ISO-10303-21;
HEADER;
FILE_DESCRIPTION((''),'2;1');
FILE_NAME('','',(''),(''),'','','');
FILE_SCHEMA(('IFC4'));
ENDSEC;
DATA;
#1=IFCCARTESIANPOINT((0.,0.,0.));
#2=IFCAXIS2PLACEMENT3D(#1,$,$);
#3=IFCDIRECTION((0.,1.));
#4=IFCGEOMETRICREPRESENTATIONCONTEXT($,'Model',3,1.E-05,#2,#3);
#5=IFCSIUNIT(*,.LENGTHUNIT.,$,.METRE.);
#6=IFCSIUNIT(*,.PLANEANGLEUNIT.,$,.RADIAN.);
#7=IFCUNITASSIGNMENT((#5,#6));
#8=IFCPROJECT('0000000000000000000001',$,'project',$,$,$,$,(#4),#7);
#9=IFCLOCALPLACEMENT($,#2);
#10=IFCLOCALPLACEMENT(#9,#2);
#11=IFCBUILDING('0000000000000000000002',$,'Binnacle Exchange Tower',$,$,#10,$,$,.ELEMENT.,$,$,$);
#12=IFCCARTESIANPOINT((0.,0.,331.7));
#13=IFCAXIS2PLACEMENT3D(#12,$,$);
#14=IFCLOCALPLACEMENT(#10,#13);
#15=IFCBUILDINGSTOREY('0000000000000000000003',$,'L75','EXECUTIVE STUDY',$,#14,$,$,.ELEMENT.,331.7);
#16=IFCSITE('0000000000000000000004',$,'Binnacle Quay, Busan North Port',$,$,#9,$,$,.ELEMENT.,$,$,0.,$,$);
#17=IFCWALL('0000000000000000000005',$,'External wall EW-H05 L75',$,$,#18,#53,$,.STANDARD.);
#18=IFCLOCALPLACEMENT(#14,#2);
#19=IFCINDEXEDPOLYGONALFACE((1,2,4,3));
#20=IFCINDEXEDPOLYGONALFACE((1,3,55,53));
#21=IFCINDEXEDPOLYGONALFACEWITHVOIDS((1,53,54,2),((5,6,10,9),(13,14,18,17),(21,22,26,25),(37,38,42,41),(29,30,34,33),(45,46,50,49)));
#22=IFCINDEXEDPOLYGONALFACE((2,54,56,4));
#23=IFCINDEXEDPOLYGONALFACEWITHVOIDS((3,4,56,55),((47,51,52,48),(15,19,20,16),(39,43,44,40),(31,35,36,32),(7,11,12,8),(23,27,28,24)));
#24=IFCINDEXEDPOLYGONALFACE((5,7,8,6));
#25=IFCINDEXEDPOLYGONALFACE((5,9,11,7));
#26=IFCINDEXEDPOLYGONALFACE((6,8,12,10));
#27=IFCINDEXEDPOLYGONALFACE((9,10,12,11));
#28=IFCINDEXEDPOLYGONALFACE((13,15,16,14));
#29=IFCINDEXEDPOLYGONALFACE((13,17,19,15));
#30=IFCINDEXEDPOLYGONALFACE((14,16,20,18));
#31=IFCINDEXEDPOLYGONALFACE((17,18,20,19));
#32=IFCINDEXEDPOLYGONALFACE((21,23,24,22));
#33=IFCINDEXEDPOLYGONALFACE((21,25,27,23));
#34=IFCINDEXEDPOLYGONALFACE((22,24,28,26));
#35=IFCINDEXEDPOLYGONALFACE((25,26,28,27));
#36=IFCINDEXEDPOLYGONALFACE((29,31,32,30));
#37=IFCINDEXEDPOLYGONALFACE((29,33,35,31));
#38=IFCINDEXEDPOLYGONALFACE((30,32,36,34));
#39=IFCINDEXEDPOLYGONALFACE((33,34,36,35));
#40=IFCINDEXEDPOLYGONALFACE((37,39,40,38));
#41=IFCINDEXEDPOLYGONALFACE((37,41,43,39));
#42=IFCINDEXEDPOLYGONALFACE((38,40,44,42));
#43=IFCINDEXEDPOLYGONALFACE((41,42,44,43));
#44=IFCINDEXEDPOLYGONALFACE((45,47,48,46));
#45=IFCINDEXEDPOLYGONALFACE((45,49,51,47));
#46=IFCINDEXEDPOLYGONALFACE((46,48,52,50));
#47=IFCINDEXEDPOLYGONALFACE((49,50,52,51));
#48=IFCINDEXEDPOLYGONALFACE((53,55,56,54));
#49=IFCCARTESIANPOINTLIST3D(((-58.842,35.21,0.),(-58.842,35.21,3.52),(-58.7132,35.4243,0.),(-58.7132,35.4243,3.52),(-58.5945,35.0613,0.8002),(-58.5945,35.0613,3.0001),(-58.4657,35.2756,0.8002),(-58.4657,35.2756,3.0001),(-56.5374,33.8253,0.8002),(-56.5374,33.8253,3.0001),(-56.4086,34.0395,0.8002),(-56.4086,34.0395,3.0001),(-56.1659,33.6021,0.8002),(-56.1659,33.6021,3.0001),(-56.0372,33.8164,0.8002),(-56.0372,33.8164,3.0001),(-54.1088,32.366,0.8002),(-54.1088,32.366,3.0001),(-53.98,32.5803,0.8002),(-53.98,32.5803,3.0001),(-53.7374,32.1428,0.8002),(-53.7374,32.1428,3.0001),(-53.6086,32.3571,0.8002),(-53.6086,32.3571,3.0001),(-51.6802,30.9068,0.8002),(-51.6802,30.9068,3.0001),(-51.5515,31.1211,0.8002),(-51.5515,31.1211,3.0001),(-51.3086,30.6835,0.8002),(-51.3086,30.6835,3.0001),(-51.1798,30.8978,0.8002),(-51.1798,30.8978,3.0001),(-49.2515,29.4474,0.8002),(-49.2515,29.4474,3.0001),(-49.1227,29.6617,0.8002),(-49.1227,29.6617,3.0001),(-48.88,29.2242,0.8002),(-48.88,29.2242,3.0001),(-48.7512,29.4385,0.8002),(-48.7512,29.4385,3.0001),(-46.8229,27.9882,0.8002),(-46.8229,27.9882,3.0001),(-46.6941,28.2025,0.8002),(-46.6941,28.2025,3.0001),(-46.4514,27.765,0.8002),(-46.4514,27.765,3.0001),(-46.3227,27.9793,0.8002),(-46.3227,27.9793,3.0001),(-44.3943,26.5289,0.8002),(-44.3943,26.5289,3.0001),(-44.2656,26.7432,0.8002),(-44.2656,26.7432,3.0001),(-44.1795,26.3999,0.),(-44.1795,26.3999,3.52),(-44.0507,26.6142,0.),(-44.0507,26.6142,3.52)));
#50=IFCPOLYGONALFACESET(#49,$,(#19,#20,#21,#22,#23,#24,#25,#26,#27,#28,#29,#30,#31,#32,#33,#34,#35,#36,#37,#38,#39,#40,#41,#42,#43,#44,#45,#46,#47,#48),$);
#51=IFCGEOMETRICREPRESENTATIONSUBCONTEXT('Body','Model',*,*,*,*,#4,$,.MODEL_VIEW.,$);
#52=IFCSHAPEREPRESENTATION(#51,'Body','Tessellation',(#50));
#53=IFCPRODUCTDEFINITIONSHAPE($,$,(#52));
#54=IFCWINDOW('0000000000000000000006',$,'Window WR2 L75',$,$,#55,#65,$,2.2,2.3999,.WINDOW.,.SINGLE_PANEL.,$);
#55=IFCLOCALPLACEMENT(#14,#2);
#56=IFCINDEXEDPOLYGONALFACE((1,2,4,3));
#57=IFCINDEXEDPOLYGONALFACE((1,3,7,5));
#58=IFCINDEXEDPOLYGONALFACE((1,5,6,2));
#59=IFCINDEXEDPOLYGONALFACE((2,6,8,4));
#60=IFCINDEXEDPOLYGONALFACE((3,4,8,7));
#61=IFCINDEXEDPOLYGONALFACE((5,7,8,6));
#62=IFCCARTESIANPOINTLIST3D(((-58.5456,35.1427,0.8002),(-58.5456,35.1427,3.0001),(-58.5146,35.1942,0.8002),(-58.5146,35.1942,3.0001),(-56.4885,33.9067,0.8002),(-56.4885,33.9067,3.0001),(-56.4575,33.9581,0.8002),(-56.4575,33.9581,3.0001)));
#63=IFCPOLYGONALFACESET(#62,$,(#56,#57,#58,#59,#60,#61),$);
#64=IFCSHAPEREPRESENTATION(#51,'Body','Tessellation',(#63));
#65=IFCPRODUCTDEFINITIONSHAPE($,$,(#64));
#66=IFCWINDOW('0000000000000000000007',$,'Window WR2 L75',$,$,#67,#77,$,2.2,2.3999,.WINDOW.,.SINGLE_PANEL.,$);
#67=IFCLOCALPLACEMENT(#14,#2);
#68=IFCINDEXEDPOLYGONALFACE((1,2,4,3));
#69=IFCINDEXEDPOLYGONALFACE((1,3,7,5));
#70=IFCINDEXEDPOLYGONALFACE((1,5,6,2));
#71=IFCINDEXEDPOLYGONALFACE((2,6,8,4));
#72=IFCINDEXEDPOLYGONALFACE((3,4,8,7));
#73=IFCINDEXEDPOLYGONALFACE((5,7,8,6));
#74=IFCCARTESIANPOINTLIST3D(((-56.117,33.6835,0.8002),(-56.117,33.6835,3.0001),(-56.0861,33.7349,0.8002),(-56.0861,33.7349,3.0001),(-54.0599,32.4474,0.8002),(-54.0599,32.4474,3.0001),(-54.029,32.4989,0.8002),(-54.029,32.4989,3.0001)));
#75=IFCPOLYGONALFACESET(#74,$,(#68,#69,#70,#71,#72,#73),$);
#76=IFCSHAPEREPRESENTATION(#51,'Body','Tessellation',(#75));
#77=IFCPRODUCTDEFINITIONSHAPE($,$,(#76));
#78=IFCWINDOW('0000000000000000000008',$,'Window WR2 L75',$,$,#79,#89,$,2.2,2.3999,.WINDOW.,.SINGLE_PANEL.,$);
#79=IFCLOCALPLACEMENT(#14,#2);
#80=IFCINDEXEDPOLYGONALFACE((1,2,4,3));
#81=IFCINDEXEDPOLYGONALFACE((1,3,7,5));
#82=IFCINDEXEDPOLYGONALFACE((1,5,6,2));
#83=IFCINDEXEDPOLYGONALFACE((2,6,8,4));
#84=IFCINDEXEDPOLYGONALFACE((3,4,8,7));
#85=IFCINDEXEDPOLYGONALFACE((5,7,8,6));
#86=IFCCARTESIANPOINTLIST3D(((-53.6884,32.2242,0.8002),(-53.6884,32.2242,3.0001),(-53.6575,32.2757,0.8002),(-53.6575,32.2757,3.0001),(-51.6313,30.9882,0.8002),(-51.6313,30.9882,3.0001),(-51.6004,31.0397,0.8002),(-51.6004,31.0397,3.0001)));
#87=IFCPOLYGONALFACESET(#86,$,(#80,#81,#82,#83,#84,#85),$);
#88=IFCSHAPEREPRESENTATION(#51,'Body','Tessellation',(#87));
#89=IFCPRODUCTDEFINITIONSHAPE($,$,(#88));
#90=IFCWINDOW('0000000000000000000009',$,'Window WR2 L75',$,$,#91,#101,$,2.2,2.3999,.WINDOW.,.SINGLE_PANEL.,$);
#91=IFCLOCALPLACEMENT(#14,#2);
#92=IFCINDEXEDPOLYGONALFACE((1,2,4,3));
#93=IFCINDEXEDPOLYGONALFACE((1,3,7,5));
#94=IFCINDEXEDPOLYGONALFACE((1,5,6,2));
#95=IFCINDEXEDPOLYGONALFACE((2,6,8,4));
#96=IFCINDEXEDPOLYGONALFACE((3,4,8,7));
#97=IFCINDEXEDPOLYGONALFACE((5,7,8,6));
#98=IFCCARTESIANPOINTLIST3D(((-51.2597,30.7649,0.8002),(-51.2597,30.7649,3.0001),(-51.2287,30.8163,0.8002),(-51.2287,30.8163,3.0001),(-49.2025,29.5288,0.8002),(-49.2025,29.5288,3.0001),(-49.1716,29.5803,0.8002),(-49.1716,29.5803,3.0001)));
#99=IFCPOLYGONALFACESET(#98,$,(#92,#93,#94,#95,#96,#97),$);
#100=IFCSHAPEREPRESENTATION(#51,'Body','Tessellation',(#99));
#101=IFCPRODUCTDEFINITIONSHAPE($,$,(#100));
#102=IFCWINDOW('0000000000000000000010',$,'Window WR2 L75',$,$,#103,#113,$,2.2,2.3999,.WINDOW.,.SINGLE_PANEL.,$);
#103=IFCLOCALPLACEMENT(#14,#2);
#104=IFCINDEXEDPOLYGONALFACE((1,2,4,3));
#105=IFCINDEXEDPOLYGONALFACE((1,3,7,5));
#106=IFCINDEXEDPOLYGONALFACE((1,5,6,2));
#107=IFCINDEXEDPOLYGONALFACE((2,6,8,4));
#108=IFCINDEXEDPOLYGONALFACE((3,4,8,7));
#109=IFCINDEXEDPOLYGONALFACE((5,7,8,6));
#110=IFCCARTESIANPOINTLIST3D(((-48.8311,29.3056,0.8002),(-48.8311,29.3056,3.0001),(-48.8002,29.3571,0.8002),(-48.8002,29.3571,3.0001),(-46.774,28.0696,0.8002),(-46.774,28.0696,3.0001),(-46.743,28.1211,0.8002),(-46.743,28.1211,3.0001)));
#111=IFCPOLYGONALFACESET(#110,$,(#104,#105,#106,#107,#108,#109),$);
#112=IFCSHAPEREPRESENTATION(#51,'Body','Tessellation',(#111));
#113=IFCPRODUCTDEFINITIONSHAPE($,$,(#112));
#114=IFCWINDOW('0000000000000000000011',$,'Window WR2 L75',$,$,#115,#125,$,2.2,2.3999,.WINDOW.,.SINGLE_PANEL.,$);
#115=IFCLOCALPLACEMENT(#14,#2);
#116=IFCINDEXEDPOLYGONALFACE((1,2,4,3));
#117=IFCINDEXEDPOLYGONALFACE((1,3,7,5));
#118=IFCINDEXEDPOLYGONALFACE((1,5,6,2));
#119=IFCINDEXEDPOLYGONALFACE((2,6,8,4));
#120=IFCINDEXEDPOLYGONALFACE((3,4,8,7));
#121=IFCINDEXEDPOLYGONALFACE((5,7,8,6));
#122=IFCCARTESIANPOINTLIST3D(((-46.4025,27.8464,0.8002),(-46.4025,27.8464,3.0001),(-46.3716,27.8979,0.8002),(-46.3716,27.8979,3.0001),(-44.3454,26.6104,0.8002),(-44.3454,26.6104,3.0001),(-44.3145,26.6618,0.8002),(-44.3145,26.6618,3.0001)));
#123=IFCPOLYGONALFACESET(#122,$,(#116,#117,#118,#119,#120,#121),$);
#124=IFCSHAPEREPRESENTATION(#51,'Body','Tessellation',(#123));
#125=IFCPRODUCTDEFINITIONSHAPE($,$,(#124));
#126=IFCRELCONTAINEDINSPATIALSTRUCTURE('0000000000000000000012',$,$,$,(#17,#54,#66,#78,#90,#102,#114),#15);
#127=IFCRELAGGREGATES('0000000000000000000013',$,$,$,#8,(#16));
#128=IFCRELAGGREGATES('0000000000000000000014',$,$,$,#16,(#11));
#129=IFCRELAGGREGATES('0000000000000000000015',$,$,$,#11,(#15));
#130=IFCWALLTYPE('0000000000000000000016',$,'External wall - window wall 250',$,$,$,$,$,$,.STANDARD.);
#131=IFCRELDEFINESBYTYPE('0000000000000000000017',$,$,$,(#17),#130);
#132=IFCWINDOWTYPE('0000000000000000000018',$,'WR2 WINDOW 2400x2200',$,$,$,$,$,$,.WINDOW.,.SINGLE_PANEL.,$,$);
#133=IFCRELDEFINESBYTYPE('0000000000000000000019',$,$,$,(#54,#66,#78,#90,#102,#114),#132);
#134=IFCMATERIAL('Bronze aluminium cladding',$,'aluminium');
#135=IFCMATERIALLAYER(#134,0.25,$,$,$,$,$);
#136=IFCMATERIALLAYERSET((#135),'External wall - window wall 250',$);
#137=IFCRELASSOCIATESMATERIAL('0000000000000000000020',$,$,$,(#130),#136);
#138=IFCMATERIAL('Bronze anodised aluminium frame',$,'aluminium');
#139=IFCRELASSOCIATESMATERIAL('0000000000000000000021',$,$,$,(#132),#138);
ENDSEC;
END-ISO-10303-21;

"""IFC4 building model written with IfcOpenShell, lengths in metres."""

from ifc_helpers import new_model, si_unit, direction, frame, frame_2d, origin, place, context, subcontext, project, spatial, rectangle, extrude, material, layer, layer_set, type_object, element, fill, save


model = new_model("IFC4")

# Units and contexts
model_context = context("Model", 3, precision=1e-05, world=origin(), true_north=direction((0.0, 1.0)))
body_context = subcontext(model_context, "Body", "Model", "MODEL_VIEW")
ifc_project = project(units=[si_unit("LENGTHUNIT", "METRE"), si_unit("PLANEANGLEUNIT", "RADIAN")], contexts=[model_context])

# Site, building, storey
site_placement = place(None, origin())
site = spatial("IfcSite", under=ifc_project, at=site_placement, Name="Binnacle Quay, Busan North Port", CompositionType="ELEMENT", RefElevation=0.0)
building_placement = place(site_placement, origin())
building = spatial("IfcBuilding", under=site, at=building_placement, Name="Binnacle Exchange Tower", CompositionType="ELEMENT")
storey_placement = place(building_placement, frame((0.0, 0.0, 331.7)))
storey = spatial("IfcBuildingStorey", under=building, at=storey_placement, Name="L75", Description="EXECUTIVE STUDY", CompositionType="ELEMENT", Elevation=331.7)

# Shared definitions
ifc_material_1 = material(Name="Bronze anodised aluminium frame", Category="aluminium")

# Shared definitions
ifc_material_2 = material(Name="Bronze aluminium cladding", Category="aluminium")
ifc_layer_1 = layer(ifc_material_2, 0.25)
ifc_layer_set_1 = layer_set([ifc_layer_1], Name="External wall - window wall 250")
wall_type_1 = type_object("IfcWallType", Name="External wall - window wall 250", PredefinedType="STANDARD", material=ifc_layer_set_1)

# Wall, openings, windows
wall_1_placement = place(storey_placement, frame((-44.1152, 26.5071, 0.0), z_axis=(0.0, 0.0, 1.0), x_axis=(-0.857167, 0.515039, 0.0)))
wall_1 = element("IfcWall", 1, at=wall_1_placement, inside=storey, type_object=wall_type_1, Name="External wall EW-H05 L75", PredefinedType="STANDARD", context=body_context, shape_type="SweptSolid", body=[
    extrude(rectangle(XDim=17.1057, YDim=0.25, at=frame_2d((8.5527, 0.0))), origin(), (0.0, 0.0, 1.0), 3.52),
])
opening_1_placement = place(wall_1_placement, frame((14.417, 0.0, 0.8)))
opening_1 = element("IfcOpeningElement", 2, at=opening_1_placement, cuts=wall_1, PredefinedType="OPENING", context=body_context, shape_type="SweptSolid", body=[
    extrude(rectangle(XDim=2.3999, YDim=2.2, at=frame_2d((1.2, 1.1001))), frame((0.0, 0.135, 0.0), z_axis=(0.0, -1.0, 0.0), x_axis=(1.0, 0.0, 0.0)), (0.0, 0.0, 1.0), 0.27),
])
opening_2_placement = place(wall_1_placement, frame((11.5837, 0.0, 0.8)))
opening_2 = element("IfcOpeningElement", 3, at=opening_2_placement, cuts=wall_1, PredefinedType="OPENING", context=body_context, shape_type="SweptSolid", body=[
    extrude(rectangle(XDim=2.3999, YDim=2.2, at=frame_2d((1.2, 1.1001))), frame((0.0, 0.135, 0.0), z_axis=(0.0, -1.0, 0.0), x_axis=(1.0, 0.0, 0.0)), (0.0, 0.0, 1.0), 0.27),
])
opening_3_placement = place(wall_1_placement, frame((8.7505, 0.0, 0.8)))
opening_3 = element("IfcOpeningElement", 4, at=opening_3_placement, cuts=wall_1, PredefinedType="OPENING", context=body_context, shape_type="SweptSolid", body=[
    extrude(rectangle(XDim=2.3999, YDim=2.2, at=frame_2d((1.2, 1.1001))), frame((0.0, 0.135, 0.0), z_axis=(0.0, -1.0, 0.0), x_axis=(1.0, 0.0, 0.0)), (0.0, 0.0, 1.0), 0.27),
])
opening_4_placement = place(wall_1_placement, frame((5.917, 0.0, 0.8)))
opening_4 = element("IfcOpeningElement", 5, at=opening_4_placement, cuts=wall_1, PredefinedType="OPENING", context=body_context, shape_type="SweptSolid", body=[
    extrude(rectangle(XDim=2.3999, YDim=2.2, at=frame_2d((1.2, 1.1001))), frame((0.0, 0.135, 0.0), z_axis=(0.0, -1.0, 0.0), x_axis=(1.0, 0.0, 0.0)), (0.0, 0.0, 1.0), 0.27),
])
opening_5_placement = place(wall_1_placement, frame((3.0837, 0.0, 0.8)))
opening_5 = element("IfcOpeningElement", 6, at=opening_5_placement, cuts=wall_1, PredefinedType="OPENING", context=body_context, shape_type="SweptSolid", body=[
    extrude(rectangle(XDim=2.3999, YDim=2.2, at=frame_2d((1.2, 1.1001))), frame((0.0, 0.135, 0.0), z_axis=(0.0, -1.0, 0.0), x_axis=(1.0, 0.0, 0.0)), (0.0, 0.0, 1.0), 0.27),
])
opening_6_placement = place(wall_1_placement, frame((0.2505, 0.0, 0.8)))
opening_6 = element("IfcOpeningElement", 7, at=opening_6_placement, cuts=wall_1, PredefinedType="OPENING", context=body_context, shape_type="SweptSolid", body=[
    extrude(rectangle(XDim=2.3999, YDim=2.2, at=frame_2d((1.2, 1.1001))), frame((0.0, 0.135, 0.0), z_axis=(0.0, -1.0, 0.0), x_axis=(1.0, 0.0, 0.0)), (0.0, 0.0, 1.0), 0.27),
])
window_type = type_object("IfcWindowType", Name="WR2 WINDOW 2400x2200", PartitioningType="SINGLE_PANEL", PredefinedType="WINDOW", material=ifc_material_1)
window_1_placement = place(opening_1_placement, origin())
window_1 = element("IfcWindow", 8, at=window_1_placement, inside=storey, type_object=window_type, Name="Window WR2 L75", OverallHeight=2.2, OverallWidth=2.3999, PartitioningType="SINGLE_PANEL", PredefinedType="WINDOW", context=body_context, shape_type="SweptSolid", body=[
    extrude(rectangle(XDim=2.3999, YDim=2.2, at=frame_2d((1.2, 1.1001))), frame((0.0, 0.03, 0.0), z_axis=(0.0, -1.0, 0.0), x_axis=(1.0, 0.0, 0.0)), (0.0, 0.0, 1.0), 0.0601),
])
fill(opening_1, window_1)
window_2_placement = place(opening_2_placement, origin())
window_2 = element("IfcWindow", 9, at=window_2_placement, inside=storey, type_object=window_type, Name="Window WR2 L75", OverallHeight=2.2, OverallWidth=2.3999, PartitioningType="SINGLE_PANEL", PredefinedType="WINDOW", context=body_context, shape_type="SweptSolid", body=[
    extrude(rectangle(XDim=2.3999, YDim=2.2, at=frame_2d((1.2, 1.1001))), frame((0.0, 0.03, 0.0), z_axis=(0.0, -1.0, 0.0), x_axis=(1.0, 0.0, 0.0)), (0.0, 0.0, 1.0), 0.0601),
])
fill(opening_2, window_2)
window_3_placement = place(opening_3_placement, origin())
window_3 = element("IfcWindow", 10, at=window_3_placement, inside=storey, type_object=window_type, Name="Window WR2 L75", OverallHeight=2.2, OverallWidth=2.3999, PartitioningType="SINGLE_PANEL", PredefinedType="WINDOW", context=body_context, shape_type="SweptSolid", body=[
    extrude(rectangle(XDim=2.3999, YDim=2.2, at=frame_2d((1.2, 1.1001))), frame((0.0, 0.03, 0.0), z_axis=(0.0, -1.0, 0.0), x_axis=(1.0, 0.0, 0.0)), (0.0, 0.0, 1.0), 0.0601),
])
fill(opening_3, window_3)
window_4_placement = place(opening_4_placement, origin())
window_4 = element("IfcWindow", 11, at=window_4_placement, inside=storey, type_object=window_type, Name="Window WR2 L75", OverallHeight=2.2, OverallWidth=2.3999, PartitioningType="SINGLE_PANEL", PredefinedType="WINDOW", context=body_context, shape_type="SweptSolid", body=[
    extrude(rectangle(XDim=2.3999, YDim=2.2, at=frame_2d((1.2, 1.1001))), frame((0.0, 0.03, 0.0), z_axis=(0.0, -1.0, 0.0), x_axis=(1.0, 0.0, 0.0)), (0.0, 0.0, 1.0), 0.0601),
])
fill(opening_4, window_4)
window_5_placement = place(opening_5_placement, origin())
window_5 = element("IfcWindow", 12, at=window_5_placement, inside=storey, type_object=window_type, Name="Window WR2 L75", OverallHeight=2.2, OverallWidth=2.3999, PartitioningType="SINGLE_PANEL", PredefinedType="WINDOW", context=body_context, shape_type="SweptSolid", body=[
    extrude(rectangle(XDim=2.3999, YDim=2.2, at=frame_2d((1.2, 1.1001))), frame((0.0, 0.03, 0.0), z_axis=(0.0, -1.0, 0.0), x_axis=(1.0, 0.0, 0.0)), (0.0, 0.0, 1.0), 0.0601),
])
fill(opening_5, window_5)
window_6_placement = place(opening_6_placement, origin())
window_6 = element("IfcWindow", 13, at=window_6_placement, inside=storey, type_object=window_type, Name="Window WR2 L75", OverallHeight=2.2, OverallWidth=2.3999, PartitioningType="SINGLE_PANEL", PredefinedType="WINDOW", context=body_context, shape_type="SweptSolid", body=[
    extrude(rectangle(XDim=2.3999, YDim=2.2, at=frame_2d((1.2, 1.1001))), frame((0.0, 0.03, 0.0), z_axis=(0.0, -1.0, 0.0), x_axis=(1.0, 0.0, 0.0)), (0.0, 0.0, 1.0), 0.0601),
])
fill(opening_6, window_6)

save(model, "model.ifc")
